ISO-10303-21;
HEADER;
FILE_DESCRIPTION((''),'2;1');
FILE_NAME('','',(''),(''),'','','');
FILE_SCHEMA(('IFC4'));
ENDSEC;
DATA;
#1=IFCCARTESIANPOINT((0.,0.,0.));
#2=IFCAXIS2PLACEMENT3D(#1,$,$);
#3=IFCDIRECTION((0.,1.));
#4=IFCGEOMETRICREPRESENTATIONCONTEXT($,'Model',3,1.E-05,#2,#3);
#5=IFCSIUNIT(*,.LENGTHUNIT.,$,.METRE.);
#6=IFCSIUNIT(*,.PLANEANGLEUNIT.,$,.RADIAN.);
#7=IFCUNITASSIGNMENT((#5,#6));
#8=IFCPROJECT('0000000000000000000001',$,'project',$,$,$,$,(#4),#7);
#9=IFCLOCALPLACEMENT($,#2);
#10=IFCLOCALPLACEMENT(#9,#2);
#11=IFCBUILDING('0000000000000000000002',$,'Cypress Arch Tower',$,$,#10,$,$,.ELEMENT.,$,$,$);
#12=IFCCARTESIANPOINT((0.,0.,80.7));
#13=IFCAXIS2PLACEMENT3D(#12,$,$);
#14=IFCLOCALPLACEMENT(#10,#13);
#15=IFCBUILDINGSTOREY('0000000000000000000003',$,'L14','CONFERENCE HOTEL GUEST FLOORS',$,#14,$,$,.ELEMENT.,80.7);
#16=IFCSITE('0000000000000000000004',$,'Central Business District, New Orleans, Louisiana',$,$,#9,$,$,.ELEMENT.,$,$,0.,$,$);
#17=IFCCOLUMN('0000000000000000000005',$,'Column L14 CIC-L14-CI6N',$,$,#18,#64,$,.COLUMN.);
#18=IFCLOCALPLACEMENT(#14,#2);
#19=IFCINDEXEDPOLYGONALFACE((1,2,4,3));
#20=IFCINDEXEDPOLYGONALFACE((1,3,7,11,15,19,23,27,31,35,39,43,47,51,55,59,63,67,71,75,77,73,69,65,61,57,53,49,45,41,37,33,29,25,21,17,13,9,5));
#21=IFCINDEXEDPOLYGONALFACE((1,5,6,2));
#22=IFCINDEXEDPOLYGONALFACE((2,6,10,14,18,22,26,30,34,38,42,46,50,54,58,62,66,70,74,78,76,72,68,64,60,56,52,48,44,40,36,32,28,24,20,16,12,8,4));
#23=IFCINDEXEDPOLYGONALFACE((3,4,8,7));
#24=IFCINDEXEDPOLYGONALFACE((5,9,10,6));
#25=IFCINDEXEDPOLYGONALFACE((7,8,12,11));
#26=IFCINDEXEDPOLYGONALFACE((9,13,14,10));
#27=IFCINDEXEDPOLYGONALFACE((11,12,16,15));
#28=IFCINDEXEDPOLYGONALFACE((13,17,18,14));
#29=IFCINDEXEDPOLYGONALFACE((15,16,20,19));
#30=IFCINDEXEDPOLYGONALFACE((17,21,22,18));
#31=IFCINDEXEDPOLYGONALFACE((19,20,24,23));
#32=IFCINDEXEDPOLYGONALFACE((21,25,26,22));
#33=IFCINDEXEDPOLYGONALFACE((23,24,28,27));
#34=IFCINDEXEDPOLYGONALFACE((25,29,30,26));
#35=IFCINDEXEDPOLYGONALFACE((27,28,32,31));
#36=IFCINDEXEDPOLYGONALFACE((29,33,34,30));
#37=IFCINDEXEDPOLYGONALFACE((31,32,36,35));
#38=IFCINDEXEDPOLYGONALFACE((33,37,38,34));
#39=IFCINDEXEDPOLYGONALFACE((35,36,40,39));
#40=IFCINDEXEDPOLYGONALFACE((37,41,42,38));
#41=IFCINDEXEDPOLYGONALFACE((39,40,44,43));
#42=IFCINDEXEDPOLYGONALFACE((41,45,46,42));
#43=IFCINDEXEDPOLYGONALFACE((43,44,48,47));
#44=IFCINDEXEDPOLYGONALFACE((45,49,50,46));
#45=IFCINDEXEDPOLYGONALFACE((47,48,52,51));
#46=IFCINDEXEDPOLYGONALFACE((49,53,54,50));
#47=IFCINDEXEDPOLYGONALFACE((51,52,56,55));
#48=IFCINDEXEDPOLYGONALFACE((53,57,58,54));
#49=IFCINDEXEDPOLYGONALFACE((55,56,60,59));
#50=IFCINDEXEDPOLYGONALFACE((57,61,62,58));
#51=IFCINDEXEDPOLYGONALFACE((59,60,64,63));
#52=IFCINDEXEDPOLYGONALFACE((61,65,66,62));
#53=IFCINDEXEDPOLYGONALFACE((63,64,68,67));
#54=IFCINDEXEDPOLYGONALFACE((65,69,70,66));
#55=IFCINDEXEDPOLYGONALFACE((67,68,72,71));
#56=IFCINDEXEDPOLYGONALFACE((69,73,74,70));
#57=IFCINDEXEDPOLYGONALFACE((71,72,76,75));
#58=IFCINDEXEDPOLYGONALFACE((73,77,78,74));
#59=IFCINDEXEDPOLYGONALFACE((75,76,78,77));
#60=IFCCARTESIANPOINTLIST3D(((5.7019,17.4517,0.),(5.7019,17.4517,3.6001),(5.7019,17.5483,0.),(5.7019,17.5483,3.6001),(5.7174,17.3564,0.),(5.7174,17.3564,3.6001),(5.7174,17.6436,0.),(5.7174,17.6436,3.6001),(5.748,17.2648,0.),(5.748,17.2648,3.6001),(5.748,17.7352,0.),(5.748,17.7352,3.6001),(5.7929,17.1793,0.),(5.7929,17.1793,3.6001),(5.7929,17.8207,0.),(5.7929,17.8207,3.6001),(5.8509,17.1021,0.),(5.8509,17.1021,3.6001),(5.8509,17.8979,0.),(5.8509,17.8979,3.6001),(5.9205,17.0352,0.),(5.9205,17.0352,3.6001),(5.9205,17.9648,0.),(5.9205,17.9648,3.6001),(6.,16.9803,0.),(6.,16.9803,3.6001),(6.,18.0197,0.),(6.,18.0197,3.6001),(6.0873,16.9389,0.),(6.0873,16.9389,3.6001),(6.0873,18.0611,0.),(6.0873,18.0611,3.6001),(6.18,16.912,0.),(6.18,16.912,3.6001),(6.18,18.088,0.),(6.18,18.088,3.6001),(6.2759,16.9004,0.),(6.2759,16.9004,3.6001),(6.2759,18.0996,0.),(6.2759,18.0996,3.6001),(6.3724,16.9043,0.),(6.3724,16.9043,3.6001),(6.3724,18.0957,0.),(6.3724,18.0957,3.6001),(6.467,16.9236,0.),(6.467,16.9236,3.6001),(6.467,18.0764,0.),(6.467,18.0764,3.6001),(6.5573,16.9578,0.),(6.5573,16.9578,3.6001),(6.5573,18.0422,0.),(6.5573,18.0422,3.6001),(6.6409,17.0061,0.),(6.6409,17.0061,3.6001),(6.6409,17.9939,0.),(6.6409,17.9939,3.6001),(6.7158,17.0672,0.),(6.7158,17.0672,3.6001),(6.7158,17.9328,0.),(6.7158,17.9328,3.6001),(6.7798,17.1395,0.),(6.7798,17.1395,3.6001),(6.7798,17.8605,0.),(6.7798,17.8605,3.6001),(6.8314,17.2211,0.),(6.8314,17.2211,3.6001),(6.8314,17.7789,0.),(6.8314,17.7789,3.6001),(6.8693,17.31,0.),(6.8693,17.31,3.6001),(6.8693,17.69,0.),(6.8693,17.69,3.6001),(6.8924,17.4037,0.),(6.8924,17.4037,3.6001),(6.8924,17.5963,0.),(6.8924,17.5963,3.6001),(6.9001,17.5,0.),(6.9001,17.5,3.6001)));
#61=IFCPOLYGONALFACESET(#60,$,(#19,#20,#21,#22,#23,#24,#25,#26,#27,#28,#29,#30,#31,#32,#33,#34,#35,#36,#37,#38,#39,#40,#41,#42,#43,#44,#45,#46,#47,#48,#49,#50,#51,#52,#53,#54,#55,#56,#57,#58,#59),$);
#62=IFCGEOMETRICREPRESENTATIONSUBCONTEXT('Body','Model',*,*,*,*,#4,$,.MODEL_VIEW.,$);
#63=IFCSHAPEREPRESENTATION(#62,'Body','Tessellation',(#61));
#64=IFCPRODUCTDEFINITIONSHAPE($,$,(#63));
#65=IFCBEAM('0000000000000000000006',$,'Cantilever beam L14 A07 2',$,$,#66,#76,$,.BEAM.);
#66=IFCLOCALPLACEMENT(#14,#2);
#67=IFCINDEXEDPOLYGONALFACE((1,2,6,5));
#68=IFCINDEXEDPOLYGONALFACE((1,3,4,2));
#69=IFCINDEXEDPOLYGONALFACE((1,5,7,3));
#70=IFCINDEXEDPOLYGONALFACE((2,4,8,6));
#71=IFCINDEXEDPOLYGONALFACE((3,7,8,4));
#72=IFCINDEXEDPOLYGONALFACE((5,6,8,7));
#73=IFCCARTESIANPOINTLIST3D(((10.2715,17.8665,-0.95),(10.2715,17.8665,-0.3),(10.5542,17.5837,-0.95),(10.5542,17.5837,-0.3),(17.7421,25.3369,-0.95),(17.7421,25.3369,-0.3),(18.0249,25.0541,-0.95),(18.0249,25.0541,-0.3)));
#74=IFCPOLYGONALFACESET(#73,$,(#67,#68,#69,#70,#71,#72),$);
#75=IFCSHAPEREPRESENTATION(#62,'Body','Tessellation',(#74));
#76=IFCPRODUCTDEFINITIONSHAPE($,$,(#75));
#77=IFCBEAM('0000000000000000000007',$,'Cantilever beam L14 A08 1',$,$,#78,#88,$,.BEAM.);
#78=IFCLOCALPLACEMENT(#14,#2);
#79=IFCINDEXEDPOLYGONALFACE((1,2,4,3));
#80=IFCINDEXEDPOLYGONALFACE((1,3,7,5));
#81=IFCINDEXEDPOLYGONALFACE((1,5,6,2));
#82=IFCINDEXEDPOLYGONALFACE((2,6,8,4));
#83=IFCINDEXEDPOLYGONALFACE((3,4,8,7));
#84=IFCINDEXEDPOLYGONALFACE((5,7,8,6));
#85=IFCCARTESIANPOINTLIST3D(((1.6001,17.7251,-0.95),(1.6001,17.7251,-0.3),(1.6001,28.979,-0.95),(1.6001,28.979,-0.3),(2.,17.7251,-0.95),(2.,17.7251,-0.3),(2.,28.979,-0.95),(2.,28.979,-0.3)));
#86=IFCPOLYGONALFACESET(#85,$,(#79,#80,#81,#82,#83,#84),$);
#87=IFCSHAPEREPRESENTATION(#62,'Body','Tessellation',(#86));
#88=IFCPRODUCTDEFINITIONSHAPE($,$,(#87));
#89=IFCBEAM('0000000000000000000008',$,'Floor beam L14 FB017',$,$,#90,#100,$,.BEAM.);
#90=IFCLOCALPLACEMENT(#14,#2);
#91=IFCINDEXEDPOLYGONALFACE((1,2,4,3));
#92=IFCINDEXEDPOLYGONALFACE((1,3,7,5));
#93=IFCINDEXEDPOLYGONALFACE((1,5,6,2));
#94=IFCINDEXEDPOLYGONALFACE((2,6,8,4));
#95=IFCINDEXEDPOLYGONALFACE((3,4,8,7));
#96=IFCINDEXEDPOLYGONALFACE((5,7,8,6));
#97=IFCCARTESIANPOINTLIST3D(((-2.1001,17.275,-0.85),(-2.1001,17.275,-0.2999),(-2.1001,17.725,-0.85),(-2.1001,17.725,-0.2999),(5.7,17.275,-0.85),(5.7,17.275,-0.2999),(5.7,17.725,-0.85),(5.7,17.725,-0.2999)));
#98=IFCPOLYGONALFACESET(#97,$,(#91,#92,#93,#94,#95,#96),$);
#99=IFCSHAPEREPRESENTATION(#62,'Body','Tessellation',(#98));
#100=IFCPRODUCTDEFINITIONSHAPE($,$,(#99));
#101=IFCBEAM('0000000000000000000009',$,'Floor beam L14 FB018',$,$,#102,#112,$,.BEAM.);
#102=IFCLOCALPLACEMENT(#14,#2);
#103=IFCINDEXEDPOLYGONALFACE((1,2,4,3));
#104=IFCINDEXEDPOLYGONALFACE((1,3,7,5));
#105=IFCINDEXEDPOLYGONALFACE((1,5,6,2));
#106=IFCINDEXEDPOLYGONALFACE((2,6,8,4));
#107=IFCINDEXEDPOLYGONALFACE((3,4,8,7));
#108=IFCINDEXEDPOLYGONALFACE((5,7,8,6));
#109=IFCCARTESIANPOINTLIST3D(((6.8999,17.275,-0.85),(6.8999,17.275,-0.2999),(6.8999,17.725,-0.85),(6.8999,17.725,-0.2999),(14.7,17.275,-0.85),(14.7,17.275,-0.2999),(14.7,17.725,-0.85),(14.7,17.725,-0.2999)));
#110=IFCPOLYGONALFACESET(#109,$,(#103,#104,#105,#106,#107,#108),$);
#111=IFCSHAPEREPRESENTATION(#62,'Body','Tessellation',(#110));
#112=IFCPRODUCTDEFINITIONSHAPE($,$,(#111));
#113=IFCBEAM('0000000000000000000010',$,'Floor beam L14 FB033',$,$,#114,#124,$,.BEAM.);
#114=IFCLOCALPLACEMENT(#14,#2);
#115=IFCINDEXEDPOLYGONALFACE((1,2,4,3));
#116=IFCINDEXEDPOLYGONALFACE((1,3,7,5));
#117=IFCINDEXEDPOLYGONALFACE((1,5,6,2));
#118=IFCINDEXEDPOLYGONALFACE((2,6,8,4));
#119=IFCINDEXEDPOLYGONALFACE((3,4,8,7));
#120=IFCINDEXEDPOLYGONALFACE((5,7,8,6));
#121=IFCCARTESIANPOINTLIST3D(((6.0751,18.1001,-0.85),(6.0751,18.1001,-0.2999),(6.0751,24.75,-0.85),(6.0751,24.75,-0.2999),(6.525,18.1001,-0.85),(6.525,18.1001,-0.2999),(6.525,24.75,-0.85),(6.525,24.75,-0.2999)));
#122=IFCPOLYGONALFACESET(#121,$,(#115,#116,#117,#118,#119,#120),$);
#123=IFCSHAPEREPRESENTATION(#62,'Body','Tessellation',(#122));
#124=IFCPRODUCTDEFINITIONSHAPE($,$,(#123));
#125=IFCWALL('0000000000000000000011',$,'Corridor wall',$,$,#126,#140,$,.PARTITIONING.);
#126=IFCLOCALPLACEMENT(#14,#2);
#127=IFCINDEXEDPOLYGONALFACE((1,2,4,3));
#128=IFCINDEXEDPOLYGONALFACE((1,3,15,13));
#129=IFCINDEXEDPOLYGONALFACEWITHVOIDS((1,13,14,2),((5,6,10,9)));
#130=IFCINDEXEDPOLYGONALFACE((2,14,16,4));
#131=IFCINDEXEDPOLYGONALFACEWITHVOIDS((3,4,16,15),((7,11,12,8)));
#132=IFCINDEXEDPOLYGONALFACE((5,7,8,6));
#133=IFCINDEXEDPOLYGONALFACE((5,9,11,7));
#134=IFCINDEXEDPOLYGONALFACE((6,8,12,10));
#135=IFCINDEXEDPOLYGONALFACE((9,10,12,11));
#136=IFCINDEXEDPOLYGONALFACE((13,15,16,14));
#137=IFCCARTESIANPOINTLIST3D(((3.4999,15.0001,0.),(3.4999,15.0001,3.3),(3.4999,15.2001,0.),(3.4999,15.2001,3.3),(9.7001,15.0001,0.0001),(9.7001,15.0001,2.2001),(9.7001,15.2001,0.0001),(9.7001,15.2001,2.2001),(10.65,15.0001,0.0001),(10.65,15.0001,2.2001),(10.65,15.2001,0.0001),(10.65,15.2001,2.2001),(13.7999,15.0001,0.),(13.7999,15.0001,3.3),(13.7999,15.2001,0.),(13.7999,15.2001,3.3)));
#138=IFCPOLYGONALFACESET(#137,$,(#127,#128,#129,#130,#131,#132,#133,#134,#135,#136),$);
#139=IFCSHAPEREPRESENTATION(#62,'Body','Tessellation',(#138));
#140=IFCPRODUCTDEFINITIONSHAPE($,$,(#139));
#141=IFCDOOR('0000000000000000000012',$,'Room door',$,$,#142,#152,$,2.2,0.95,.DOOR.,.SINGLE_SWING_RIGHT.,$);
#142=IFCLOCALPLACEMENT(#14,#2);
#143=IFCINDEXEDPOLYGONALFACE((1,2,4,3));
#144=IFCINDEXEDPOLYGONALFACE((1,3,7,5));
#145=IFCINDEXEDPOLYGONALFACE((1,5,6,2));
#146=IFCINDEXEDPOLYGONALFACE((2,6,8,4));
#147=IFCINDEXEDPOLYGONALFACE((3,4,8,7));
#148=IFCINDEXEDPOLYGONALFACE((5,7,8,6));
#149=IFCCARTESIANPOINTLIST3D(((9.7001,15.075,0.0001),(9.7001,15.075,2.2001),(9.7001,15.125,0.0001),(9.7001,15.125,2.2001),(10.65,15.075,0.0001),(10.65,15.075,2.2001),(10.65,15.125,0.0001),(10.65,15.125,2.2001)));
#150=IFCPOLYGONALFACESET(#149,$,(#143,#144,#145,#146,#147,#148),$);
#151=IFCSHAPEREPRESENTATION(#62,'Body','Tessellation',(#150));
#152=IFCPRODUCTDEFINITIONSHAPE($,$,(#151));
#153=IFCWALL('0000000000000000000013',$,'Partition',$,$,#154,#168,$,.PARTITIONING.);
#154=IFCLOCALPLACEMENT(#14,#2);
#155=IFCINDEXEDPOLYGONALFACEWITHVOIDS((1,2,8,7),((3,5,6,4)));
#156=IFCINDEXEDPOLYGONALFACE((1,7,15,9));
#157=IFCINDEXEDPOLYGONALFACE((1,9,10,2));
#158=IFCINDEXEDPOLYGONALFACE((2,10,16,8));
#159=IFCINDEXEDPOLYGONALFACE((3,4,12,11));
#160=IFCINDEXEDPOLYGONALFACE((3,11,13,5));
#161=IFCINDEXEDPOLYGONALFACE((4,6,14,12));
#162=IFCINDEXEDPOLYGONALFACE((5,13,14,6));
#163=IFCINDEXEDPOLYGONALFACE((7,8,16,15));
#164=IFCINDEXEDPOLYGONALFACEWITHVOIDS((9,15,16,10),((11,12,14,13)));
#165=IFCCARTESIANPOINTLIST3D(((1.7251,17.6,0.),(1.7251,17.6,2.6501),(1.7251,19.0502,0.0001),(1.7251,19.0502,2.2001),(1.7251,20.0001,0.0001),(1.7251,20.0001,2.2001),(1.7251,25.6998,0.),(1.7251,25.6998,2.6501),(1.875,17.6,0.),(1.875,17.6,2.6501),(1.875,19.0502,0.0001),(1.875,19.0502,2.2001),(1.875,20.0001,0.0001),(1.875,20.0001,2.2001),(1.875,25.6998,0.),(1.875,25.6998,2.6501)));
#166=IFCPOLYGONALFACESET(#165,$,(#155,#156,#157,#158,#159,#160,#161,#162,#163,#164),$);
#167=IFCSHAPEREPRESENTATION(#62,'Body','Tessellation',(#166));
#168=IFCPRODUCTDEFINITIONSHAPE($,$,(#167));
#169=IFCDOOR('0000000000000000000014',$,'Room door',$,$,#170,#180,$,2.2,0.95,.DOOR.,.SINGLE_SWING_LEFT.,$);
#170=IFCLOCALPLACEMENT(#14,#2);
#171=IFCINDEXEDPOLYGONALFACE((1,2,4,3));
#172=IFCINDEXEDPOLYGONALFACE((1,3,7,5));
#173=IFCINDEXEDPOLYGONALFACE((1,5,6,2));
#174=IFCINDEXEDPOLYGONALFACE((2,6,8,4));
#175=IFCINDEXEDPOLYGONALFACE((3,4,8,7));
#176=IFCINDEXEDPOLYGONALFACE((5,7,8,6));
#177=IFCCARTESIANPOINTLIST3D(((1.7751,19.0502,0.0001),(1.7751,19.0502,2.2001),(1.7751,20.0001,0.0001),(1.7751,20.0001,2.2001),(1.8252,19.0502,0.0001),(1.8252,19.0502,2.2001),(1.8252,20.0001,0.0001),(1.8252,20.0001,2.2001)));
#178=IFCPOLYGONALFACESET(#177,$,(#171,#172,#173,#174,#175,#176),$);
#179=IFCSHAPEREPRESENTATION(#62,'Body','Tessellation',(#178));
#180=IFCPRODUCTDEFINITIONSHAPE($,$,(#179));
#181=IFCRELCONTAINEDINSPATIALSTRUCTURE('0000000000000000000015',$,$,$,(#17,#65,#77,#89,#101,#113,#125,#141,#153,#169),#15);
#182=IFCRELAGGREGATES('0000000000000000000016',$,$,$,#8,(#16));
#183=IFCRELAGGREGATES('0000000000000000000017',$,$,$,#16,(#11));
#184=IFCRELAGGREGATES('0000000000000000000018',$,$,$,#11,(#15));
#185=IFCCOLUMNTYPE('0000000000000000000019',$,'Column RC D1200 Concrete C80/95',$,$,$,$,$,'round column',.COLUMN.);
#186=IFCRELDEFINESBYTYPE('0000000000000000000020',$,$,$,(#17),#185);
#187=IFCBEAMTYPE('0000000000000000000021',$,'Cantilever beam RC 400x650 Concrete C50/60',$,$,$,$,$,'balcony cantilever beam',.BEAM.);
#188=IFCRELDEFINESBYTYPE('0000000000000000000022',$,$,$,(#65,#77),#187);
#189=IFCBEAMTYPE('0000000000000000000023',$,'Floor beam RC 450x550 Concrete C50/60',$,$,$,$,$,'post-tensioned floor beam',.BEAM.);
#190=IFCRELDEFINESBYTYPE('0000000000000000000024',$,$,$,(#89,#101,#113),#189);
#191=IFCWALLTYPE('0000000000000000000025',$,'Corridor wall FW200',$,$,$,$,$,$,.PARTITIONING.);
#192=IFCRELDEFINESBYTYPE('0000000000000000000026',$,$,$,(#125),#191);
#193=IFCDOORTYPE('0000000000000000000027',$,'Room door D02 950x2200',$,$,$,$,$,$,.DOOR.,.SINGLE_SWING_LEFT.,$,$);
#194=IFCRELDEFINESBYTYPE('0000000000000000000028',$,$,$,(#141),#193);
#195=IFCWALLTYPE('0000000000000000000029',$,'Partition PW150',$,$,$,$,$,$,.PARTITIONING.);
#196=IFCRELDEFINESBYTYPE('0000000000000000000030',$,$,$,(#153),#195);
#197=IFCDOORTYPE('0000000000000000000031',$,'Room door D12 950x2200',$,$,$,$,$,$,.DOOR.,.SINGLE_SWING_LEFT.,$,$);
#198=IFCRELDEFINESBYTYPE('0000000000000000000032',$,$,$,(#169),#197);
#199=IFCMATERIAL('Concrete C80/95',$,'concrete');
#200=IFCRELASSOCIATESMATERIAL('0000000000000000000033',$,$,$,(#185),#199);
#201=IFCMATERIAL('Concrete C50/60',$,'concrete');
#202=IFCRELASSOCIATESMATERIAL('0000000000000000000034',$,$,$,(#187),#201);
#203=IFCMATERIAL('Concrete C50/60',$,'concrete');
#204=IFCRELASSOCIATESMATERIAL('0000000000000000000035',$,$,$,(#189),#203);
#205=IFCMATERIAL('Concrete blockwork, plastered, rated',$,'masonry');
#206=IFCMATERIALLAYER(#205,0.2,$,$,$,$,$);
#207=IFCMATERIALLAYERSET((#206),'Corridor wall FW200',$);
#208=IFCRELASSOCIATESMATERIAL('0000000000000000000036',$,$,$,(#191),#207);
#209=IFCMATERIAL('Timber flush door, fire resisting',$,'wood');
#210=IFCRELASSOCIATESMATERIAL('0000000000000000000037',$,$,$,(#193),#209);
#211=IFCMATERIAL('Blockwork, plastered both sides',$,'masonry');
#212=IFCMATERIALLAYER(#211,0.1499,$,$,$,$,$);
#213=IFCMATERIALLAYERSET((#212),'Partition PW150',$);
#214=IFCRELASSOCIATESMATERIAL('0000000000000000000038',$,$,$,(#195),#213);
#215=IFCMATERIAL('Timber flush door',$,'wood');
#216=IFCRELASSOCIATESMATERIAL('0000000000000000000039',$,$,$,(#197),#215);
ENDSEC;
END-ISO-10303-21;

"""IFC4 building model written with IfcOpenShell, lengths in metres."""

from ifc_helpers import new_model, si_unit, direction, frame, frame_2d, origin, origin_2d, place, context, subcontext, project, spatial, rectangle, circle, extrude, material, layer, layer_set, material_profile, profile_set, type_object, element, fill, save


model = new_model("IFC4")

# Units and contexts
model_context = context("Model", 3, precision=1e-05, world=origin(), true_north=direction((0.0, 1.0)))
body_context = subcontext(model_context, "Body", "Model", "MODEL_VIEW")
ifc_project = project(units=[si_unit("LENGTHUNIT", "METRE"), si_unit("PLANEANGLEUNIT", "RADIAN")], contexts=[model_context])

# Site, building, storey
site_placement = place(None, origin())
site = spatial("IfcSite", under=ifc_project, at=site_placement, Name="Central Business District, New Orleans, Louisiana", CompositionType="ELEMENT", RefElevation=0.0)
building_placement = place(site_placement, origin())
building = spatial("IfcBuilding", under=site, at=building_placement, Name="Cypress Arch Tower", CompositionType="ELEMENT")
storey_placement = place(building_placement, frame((0.0, 0.0, 80.7)))
storey = spatial("IfcBuildingStorey", under=building, at=storey_placement, Name="L14", Description="CONFERENCE HOTEL GUEST FLOORS", CompositionType="ELEMENT", Elevation=80.7)

# Column
ifc_material_1 = material(Name="Concrete C80/95", Category="concrete")
ifc_material_profile_1 = material_profile(ifc_material_1, circle(Radius=0.6001, at=origin_2d()), Name="RC D1200")
ifc_profile_set_1 = profile_set([ifc_material_profile_1], Name="Concrete C80/95")
column_type = type_object("IfcColumnType", Name="Column RC D1200 Concrete C80/95", ElementType="round column", PredefinedType="COLUMN", material=ifc_profile_set_1)
column_placement = place(storey_placement, frame((6.3, 17.5, 0.0), z_axis=(0.0, 0.0, 1.0), x_axis=(1.0, 0.0, 0.0)))
element("IfcColumn", 1, at=column_placement, inside=storey, type_object=column_type, Name="Column L14 CIC-L14-CI6N", PredefinedType="COLUMN", context=body_context, shape_type="SweptSolid", body=[
    extrude(circle(Radius=0.6001, at=origin_2d()), origin(), (0.0, 0.0, 1.0), 3.6001),
])

# Beams
ifc_material_2 = material(Name="Concrete C50/60", Category="concrete")
ifc_material_profile_2 = material_profile(ifc_material_2, rectangle(XDim=0.3999, YDim=0.6499, at=origin_2d()), Name="RC 400x650")
ifc_profile_set_2 = profile_set([ifc_material_profile_2], Name="Concrete C50/60")
beam_type_1 = type_object("IfcBeamType", Name="Cantilever beam RC 400x650 Concrete C50/60", ElementType="balcony cantilever beam", PredefinedType="BEAM", material=ifc_profile_set_2)
beam_1_placement = place(storey_placement, frame((10.4128, 17.7251, -0.625), z_axis=(0.707118, 0.707095, 0.0), x_axis=(-0.707095, 0.707118, 0.0)))
element("IfcBeam", 2, at=beam_1_placement, inside=storey, type_object=beam_type_1, Name="Cantilever beam L14 A07 2", PredefinedType="BEAM", context=body_context, shape_type="SweptSolid", body=[
    extrude(rectangle(XDim=0.3999, YDim=0.6499, at=origin_2d()), origin(), (0.0, 0.0, 1.0), 10.5649),
])
beam_2_placement = place(storey_placement, frame((1.8, 17.7251, -0.625), z_axis=(0.0, 1.0, 0.0), x_axis=(-1.0, 0.0, 0.0)))
element("IfcBeam", 3, at=beam_2_placement, inside=storey, type_object=beam_type_1, Name="Cantilever beam L14 A08 1", PredefinedType="BEAM", context=body_context, shape_type="SweptSolid", body=[
    extrude(rectangle(XDim=0.3999, YDim=0.6499, at=origin_2d()), origin(), (0.0, 0.0, 1.0), 11.2539),
])
ifc_material_3 = material(Name="Concrete C50/60", Category="concrete")
ifc_material_profile_3 = material_profile(ifc_material_3, rectangle(XDim=0.45, YDim=0.55, at=origin_2d()), Name="RC 450x550")
ifc_profile_set_3 = profile_set([ifc_material_profile_3], Name="Concrete C50/60")
beam_type_2 = type_object("IfcBeamType", Name="Floor beam RC 450x550 Concrete C50/60", ElementType="post-tensioned floor beam", PredefinedType="BEAM", material=ifc_profile_set_3)
for number, where, z_axis, x_axis, name in (
    (4, (-2.1001, 17.5, -0.575), (1.0, 0.0, 0.0), (0.0, 1.0, 0.0), "Floor beam L14 FB017"),
    (5, (6.8999, 17.5, -0.575), (1.0, 0.0, 0.0), (0.0, 1.0, 0.0), "Floor beam L14 FB018"),
):
    element("IfcBeam", number, at=place(storey_placement, frame(where, z_axis=z_axis, x_axis=x_axis)), inside=storey, type_object=beam_type_2, Name=name, PredefinedType="BEAM", context=body_context, shape_type="SweptSolid", body=[
        extrude(rectangle(XDim=0.45, YDim=0.55, at=origin_2d()), origin(), (0.0, 0.0, 1.0), 7.8),
    ])
beam_3_placement = place(storey_placement, frame((6.3, 18.1001, -0.575), z_axis=(0.0, 1.0, 0.0), x_axis=(-1.0, 0.0, 0.0)))
element("IfcBeam", 6, at=beam_3_placement, inside=storey, type_object=beam_type_2, Name="Floor beam L14 FB033", PredefinedType="BEAM", context=body_context, shape_type="SweptSolid", body=[
    extrude(rectangle(XDim=0.45, YDim=0.55, at=origin_2d()), origin(), (0.0, 0.0, 1.0), 6.6499),
])

# Walls, openings, doors
ifc_material_4 = material(Name="Concrete blockwork, plastered, rated", Category="masonry")
ifc_layer_1 = layer(ifc_material_4, 0.2)
ifc_layer_set_1 = layer_set([ifc_layer_1], Name="Corridor wall FW200")
wall_type_1 = type_object("IfcWallType", Name="Corridor wall FW200", PredefinedType="PARTITIONING", material=ifc_layer_set_1)
wall_1_placement = place(storey_placement, frame((3.5, 15.1001, 0.0), z_axis=(0.0, 0.0, 1.0), x_axis=(1.0, 0.0, 0.0)))
wall_1 = element("IfcWall", 7, at=wall_1_placement, inside=storey, type_object=wall_type_1, Name="Corridor wall", PredefinedType="PARTITIONING", context=body_context, shape_type="SweptSolid", body=[
    extrude(rectangle(XDim=10.3, YDim=0.2, at=frame_2d((5.1499, 0.0))), origin(), (0.0, 0.0, 1.0), 3.3),
])
opening_1_placement = place(wall_1_placement, frame((6.2, 0.0, 0.0)))
opening_1 = element("IfcOpeningElement", 8, at=opening_1_placement, cuts=wall_1, PredefinedType="OPENING", context=body_context, shape_type="SweptSolid", body=[
    extrude(rectangle(XDim=0.95, YDim=2.2, at=frame_2d((0.4751, 1.1001))), frame((0.0, 0.1099, 0.0), z_axis=(0.0, -1.0, 0.0), x_axis=(1.0, 0.0, 0.0)), (0.0, 0.0, 1.0), 0.22),
])
ifc_material_5 = material(Name="Timber flush door, fire resisting", Category="wood")
door_type_1 = type_object("IfcDoorType", Name="Room door D02 950x2200", OperationType="SINGLE_SWING_LEFT", PredefinedType="DOOR", material=ifc_material_5)
door_1_placement = place(opening_1_placement, origin())
door_1 = element("IfcDoor", 9, at=door_1_placement, inside=storey, type_object=door_type_1, Name="Room door", OperationType="SINGLE_SWING_RIGHT", OverallHeight=2.2, OverallWidth=0.95, PredefinedType="DOOR", context=body_context, shape_type="SweptSolid", body=[
    extrude(rectangle(XDim=0.95, YDim=2.2, at=frame_2d((0.4751, 1.1001))), frame((0.0, 0.0249, 0.0), z_axis=(0.0, -1.0, 0.0), x_axis=(1.0, 0.0, 0.0)), (0.0, 0.0, 1.0), 0.05),
])
fill(opening_1, door_1)
ifc_material_6 = material(Name="Blockwork, plastered both sides", Category="masonry")
ifc_layer_2 = layer(ifc_material_6, 0.1499)
ifc_layer_set_2 = layer_set([ifc_layer_2], Name="Partition PW150")
wall_type_2 = type_object("IfcWallType", Name="Partition PW150", PredefinedType="PARTITIONING", material=ifc_layer_set_2)
wall_2_placement = place(storey_placement, frame((1.8, 17.6001, 0.0), z_axis=(0.0, 0.0, 1.0), x_axis=(0.0, 1.0, 0.0)))
wall_2 = element("IfcWall", 10, at=wall_2_placement, inside=storey, type_object=wall_type_2, Name="Partition", PredefinedType="PARTITIONING", context=body_context, shape_type="SweptSolid", body=[
    extrude(rectangle(XDim=8.0999, YDim=0.1499, at=frame_2d((4.0498, 0.0))), origin(), (0.0, 0.0, 1.0), 2.6501),
])
opening_2_placement = place(wall_2_placement, frame((1.45, 0.0, 0.0)))
opening_2 = element("IfcOpeningElement", 11, at=opening_2_placement, cuts=wall_2, PredefinedType="OPENING", context=body_context, shape_type="SweptSolid", body=[
    extrude(rectangle(XDim=0.95, YDim=2.2, at=frame_2d((0.4751, 1.1001))), frame((0.0, 0.085, 0.0), z_axis=(0.0, -1.0, 0.0), x_axis=(1.0, 0.0, 0.0)), (0.0, 0.0, 1.0), 0.1699),
])
ifc_material_7 = material(Name="Timber flush door", Category="wood")
door_type_2 = type_object("IfcDoorType", Name="Room door D12 950x2200", OperationType="SINGLE_SWING_LEFT", PredefinedType="DOOR", material=ifc_material_7)
door_2_placement = place(opening_2_placement, origin())
door_2 = element("IfcDoor", 12, at=door_2_placement, inside=storey, type_object=door_type_2, Name="Room door", OperationType="SINGLE_SWING_LEFT", OverallHeight=2.2, OverallWidth=0.95, PredefinedType="DOOR", context=body_context, shape_type="SweptSolid", body=[
    extrude(rectangle(XDim=0.95, YDim=2.2, at=frame_2d((0.4751, 1.1001))), frame((0.0, 0.0249, 0.0), z_axis=(0.0, -1.0, 0.0), x_axis=(1.0, 0.0, 0.0)), (0.0, 0.0, 1.0), 0.05),
])
fill(opening_2, door_2)

save(model, "model.ifc")
